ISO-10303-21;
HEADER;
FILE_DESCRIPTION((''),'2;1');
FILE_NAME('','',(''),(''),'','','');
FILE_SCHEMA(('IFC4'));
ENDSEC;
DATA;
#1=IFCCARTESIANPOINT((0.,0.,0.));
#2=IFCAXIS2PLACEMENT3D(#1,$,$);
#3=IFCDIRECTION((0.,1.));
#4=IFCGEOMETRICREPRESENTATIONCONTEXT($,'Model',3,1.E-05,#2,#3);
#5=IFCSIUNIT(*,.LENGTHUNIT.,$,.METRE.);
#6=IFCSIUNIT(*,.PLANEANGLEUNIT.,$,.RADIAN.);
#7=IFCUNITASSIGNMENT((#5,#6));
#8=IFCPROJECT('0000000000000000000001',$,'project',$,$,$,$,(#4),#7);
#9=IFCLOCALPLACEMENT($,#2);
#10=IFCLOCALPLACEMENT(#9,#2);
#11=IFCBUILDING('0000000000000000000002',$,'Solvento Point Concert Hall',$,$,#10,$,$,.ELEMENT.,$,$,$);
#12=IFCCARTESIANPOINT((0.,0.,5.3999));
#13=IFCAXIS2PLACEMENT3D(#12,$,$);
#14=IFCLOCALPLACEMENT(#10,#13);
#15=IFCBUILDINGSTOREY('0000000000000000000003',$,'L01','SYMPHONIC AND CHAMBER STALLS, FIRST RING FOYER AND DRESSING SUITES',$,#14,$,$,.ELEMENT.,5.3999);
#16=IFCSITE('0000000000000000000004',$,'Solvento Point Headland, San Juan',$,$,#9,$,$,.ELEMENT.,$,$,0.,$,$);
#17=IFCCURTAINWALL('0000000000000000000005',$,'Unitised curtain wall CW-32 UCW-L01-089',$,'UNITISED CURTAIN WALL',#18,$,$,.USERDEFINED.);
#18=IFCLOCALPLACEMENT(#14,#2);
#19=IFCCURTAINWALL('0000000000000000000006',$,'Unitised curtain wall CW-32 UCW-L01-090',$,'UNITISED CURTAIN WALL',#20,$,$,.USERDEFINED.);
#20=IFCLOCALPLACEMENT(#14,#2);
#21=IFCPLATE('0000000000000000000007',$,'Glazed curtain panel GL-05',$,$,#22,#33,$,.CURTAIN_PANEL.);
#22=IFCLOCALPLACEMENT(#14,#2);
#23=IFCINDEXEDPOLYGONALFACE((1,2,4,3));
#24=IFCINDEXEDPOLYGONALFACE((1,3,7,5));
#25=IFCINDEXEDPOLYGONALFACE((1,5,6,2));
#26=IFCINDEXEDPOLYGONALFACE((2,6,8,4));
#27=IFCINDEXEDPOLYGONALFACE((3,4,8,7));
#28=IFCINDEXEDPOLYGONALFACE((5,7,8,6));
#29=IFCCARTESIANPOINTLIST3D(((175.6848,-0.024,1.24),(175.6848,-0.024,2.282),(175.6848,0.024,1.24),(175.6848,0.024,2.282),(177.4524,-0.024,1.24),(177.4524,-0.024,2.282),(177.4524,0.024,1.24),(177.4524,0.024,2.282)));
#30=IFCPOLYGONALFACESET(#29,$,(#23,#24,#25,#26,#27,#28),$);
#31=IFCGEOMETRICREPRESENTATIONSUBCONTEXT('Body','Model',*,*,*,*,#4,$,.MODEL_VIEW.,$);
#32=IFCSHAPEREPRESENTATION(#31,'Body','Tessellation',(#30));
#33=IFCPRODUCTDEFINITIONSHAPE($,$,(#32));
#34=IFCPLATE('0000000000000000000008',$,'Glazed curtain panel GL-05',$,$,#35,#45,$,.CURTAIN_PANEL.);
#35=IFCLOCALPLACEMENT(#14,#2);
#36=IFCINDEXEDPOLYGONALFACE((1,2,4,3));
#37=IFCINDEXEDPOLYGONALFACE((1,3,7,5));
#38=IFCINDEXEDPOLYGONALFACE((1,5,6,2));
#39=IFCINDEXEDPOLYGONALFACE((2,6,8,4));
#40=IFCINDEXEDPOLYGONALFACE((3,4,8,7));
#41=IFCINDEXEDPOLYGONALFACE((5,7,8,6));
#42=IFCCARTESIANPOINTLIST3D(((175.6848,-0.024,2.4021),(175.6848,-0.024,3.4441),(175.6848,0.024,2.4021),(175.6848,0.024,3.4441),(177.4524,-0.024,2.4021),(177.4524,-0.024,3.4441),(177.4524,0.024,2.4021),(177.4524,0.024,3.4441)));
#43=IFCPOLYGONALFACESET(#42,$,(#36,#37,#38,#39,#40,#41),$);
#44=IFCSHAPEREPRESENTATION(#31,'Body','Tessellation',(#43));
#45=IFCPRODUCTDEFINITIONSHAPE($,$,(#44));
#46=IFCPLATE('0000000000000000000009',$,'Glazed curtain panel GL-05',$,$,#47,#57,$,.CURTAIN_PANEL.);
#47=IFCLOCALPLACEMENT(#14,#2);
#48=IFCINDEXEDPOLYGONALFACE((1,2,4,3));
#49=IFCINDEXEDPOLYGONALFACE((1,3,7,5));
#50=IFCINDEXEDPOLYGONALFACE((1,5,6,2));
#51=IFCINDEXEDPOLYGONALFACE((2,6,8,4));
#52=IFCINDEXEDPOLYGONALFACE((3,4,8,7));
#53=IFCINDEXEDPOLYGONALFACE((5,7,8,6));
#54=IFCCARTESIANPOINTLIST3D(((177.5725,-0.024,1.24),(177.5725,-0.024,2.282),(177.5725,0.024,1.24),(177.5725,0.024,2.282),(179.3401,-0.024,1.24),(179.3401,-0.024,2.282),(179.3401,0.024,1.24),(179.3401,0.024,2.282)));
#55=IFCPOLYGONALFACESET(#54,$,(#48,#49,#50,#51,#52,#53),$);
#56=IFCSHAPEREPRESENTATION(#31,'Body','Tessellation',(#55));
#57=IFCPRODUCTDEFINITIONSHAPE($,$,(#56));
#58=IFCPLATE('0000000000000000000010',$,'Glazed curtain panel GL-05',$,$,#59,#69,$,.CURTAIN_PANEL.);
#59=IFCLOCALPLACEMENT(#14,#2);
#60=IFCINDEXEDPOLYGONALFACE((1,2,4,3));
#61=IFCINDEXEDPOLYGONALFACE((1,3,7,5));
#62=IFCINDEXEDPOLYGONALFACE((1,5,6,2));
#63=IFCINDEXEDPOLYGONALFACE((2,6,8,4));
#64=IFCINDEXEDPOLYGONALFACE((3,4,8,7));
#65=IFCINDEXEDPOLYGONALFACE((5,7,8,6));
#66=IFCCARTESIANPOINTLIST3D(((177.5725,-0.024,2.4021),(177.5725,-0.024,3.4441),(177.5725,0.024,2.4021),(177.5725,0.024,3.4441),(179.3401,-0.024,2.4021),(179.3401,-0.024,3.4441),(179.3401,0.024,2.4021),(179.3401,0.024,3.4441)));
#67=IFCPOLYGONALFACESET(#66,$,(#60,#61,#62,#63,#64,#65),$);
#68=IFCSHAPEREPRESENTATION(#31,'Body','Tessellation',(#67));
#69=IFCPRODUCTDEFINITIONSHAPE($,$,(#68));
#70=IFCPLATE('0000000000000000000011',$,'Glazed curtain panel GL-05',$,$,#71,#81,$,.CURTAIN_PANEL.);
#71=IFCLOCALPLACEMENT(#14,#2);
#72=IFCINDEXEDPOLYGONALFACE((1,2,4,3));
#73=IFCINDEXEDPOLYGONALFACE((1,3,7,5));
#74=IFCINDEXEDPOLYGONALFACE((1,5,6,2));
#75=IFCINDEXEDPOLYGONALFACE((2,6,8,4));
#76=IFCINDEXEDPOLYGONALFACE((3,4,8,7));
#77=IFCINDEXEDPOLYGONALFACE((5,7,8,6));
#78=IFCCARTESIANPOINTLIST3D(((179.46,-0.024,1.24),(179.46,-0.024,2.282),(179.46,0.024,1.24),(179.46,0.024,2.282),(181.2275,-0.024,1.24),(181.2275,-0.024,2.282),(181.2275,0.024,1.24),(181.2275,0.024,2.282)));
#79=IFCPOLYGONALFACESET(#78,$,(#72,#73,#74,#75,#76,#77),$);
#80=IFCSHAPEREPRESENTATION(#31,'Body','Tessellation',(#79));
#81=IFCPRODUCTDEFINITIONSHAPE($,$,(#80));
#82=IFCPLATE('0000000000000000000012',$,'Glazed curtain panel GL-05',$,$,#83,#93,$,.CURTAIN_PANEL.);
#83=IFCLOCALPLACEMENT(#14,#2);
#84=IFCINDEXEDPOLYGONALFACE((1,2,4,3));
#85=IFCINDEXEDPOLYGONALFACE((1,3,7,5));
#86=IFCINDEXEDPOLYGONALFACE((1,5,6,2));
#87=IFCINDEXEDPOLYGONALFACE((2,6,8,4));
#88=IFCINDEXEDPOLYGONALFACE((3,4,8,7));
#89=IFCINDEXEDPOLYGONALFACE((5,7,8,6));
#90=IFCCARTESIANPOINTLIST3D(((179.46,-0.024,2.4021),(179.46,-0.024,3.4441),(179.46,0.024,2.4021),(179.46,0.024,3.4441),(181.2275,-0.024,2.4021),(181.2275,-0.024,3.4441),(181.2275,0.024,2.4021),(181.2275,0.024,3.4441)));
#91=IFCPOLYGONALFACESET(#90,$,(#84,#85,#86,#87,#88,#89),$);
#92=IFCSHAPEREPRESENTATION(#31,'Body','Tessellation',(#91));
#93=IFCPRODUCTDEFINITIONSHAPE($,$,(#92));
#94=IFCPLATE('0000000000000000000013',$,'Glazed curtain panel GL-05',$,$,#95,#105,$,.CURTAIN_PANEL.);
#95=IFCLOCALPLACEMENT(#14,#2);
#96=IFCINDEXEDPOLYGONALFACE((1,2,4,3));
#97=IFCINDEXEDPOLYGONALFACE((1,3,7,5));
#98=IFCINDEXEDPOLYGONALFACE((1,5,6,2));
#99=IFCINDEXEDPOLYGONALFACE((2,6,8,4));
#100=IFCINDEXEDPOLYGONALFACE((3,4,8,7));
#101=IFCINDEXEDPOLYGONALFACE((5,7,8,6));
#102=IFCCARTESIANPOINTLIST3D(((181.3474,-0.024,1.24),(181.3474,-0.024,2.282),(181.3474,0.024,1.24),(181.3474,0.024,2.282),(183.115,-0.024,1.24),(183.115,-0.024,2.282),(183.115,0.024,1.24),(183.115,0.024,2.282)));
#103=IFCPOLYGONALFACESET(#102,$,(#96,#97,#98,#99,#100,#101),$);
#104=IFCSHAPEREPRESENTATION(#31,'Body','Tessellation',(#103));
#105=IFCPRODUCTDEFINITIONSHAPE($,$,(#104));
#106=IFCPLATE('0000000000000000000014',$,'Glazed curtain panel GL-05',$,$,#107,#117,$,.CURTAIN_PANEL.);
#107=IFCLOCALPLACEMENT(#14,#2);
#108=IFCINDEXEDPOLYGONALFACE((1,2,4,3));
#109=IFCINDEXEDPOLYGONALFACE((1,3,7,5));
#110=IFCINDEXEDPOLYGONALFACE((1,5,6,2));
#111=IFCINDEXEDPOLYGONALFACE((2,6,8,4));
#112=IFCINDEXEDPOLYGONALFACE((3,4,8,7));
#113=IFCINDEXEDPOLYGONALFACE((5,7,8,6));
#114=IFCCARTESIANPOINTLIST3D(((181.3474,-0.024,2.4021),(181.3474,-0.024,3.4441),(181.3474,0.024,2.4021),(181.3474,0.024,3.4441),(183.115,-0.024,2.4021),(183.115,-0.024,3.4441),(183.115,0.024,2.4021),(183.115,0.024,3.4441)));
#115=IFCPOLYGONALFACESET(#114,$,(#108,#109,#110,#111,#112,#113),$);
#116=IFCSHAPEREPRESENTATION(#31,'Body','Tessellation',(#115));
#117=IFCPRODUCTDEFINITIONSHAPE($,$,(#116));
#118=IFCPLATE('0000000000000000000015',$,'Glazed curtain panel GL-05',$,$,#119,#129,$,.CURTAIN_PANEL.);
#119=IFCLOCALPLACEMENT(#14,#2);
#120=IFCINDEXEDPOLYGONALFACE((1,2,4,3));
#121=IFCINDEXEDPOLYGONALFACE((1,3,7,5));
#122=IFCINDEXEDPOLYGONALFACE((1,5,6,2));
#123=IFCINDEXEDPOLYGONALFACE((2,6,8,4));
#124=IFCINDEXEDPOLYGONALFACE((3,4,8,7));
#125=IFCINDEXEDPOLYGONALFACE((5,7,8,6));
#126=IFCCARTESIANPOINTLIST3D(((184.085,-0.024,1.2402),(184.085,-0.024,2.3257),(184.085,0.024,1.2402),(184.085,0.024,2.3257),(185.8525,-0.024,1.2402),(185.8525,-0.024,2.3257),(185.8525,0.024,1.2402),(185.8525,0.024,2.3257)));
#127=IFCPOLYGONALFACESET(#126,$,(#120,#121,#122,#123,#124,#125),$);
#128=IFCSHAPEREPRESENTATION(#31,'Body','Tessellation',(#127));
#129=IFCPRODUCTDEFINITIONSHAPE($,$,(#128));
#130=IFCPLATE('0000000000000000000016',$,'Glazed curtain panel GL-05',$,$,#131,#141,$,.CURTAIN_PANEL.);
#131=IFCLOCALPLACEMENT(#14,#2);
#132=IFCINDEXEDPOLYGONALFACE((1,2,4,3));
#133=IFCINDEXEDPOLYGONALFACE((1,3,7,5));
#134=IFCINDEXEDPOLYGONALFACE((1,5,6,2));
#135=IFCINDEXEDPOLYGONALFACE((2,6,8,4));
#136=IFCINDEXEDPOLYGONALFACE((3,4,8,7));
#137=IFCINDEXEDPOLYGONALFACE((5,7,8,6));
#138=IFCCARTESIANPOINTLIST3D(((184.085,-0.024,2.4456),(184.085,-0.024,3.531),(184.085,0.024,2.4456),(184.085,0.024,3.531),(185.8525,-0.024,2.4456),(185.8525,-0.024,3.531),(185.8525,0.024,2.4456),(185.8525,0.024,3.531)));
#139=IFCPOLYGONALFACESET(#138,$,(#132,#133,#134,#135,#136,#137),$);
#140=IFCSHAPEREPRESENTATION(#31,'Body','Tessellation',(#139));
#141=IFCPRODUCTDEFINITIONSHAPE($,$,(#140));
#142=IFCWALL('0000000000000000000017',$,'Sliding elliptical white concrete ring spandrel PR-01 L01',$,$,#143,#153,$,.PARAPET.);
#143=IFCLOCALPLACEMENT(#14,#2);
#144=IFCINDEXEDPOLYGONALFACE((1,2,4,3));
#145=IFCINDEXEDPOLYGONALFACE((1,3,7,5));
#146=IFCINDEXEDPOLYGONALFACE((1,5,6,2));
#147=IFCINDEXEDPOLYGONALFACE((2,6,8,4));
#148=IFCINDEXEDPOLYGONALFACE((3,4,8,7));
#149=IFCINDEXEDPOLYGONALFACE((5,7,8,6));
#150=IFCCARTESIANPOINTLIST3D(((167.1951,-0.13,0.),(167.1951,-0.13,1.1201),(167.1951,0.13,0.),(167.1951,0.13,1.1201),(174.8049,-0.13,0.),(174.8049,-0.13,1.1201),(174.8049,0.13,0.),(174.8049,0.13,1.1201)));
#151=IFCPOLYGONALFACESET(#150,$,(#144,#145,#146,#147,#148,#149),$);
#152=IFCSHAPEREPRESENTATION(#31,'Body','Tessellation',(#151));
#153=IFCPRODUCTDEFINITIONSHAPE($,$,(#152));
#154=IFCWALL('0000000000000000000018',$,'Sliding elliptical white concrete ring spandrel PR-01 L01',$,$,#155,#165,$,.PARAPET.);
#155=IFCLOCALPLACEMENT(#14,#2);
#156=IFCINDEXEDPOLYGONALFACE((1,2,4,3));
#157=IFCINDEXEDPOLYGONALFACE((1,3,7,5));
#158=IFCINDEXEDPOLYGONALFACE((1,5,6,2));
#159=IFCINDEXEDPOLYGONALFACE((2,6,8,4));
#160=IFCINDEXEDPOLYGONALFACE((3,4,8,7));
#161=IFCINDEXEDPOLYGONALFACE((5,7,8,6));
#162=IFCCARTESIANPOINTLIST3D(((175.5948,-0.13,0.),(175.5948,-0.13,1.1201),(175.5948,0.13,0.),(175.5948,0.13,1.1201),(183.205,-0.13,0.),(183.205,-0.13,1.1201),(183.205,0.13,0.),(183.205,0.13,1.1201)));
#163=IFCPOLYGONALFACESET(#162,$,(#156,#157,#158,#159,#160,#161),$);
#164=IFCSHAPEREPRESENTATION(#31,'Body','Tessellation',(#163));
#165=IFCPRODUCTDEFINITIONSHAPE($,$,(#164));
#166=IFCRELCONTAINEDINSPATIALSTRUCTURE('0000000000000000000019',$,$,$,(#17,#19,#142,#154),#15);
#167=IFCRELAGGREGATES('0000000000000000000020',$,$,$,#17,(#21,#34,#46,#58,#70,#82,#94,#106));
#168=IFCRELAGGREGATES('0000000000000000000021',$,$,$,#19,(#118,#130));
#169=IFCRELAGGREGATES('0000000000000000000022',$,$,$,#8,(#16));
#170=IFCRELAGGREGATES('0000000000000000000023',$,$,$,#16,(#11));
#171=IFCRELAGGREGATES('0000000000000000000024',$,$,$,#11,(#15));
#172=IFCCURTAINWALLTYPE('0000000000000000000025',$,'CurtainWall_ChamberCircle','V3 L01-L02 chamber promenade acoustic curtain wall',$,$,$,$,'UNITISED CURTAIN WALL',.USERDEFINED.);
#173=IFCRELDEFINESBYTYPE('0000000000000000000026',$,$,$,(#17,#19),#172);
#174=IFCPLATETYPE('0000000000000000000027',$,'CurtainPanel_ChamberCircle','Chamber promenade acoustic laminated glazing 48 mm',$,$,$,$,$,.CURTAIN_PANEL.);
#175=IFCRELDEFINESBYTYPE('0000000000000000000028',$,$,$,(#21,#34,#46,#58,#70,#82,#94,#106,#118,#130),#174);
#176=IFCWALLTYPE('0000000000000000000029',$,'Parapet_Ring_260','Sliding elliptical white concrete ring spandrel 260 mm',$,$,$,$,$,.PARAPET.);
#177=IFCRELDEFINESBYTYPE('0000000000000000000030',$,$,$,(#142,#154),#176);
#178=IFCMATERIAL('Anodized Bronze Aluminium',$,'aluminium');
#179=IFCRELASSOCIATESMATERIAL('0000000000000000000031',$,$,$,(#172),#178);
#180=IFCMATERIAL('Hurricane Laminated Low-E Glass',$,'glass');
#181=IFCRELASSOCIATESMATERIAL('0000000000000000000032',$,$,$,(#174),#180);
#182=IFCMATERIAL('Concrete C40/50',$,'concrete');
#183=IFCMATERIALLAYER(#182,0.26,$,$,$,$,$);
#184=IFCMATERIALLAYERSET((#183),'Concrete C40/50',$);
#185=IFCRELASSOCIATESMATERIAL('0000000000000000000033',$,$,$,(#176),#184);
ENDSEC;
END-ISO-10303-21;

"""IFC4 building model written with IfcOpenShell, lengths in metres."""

from ifc_helpers import new_model, si_unit, direction, frame, frame_2d, origin, origin_2d, place, context, subcontext, project, spatial, rectangle, extrude, material, layer, layer_set, type_object, element, aggregate, save


model = new_model("IFC4")

# Units and contexts
model_context = context("Model", 3, precision=1e-05, world=origin(), true_north=direction((0.0, 1.0)))
body_context = subcontext(model_context, "Body", "Model", "MODEL_VIEW")
ifc_project = project(units=[si_unit("LENGTHUNIT", "METRE"), si_unit("PLANEANGLEUNIT", "RADIAN")], contexts=[model_context])

# Site, building, storey
site_placement = place(None, origin())
site = spatial("IfcSite", under=ifc_project, at=site_placement, Name="Solvento Point Headland, San Juan", CompositionType="ELEMENT", RefElevation=0.0)
building_placement = place(site_placement, origin())
building = spatial("IfcBuilding", under=site, at=building_placement, Name="Solvento Point Concert Hall", CompositionType="ELEMENT")
storey_placement = place(building_placement, frame((0.0, 0.0, 5.3999)))
storey = spatial("IfcBuildingStorey", under=building, at=storey_placement, Name="L01", Description="SYMPHONIC AND CHAMBER STALLS, FIRST RING FOYER AND DRESSING SUITES", CompositionType="ELEMENT", Elevation=5.3999)

# Curtain wall
ifc_material_1 = material(Name="Anodized Bronze Aluminium", Category="aluminium")
curtain_wall_type = type_object("IfcCurtainWallType", Name="CurtainWall_ChamberCircle", Description="V3 L01-L02 chamber promenade acoustic curtain wall", ElementType="UNITISED CURTAIN WALL", PredefinedType="USERDEFINED", material=ifc_material_1)
curtain_wall_1_placement = place(storey_placement, origin())
curtain_wall_1 = element("IfcCurtainWall", 1, at=curtain_wall_1_placement, inside=storey, type_object=curtain_wall_type, Name="Unitised curtain wall CW-32 UCW-L01-089", ObjectType="UNITISED CURTAIN WALL", PredefinedType="USERDEFINED")

# Curtain wall
curtain_wall_2_placement = place(storey_placement, origin())
curtain_wall_2 = element("IfcCurtainWall", 2, at=curtain_wall_2_placement, inside=storey, type_object=curtain_wall_type, Name="Unitised curtain wall CW-32 UCW-L01-090", ObjectType="UNITISED CURTAIN WALL", PredefinedType="USERDEFINED")

# Plates
ifc_material_2 = material(Name="Hurricane Laminated Low-E Glass", Category="glass")
plate_type = type_object("IfcPlateType", Name="CurtainPanel_ChamberCircle", Description="Chamber promenade acoustic laminated glazing 48 mm", PredefinedType="CURTAIN_PANEL", material=ifc_material_2)
plate_1_placement = place(storey_placement, frame((176.5686, 0.0, 1.24), z_axis=(0.0, 0.0, 1.0), x_axis=(1.0, 0.0, 0.0)))
plate_1 = element("IfcPlate", 3, at=plate_1_placement, type_object=plate_type, Name="Glazed curtain panel GL-05", PredefinedType="CURTAIN_PANEL", context=body_context, shape_type="SweptSolid", body=[
    extrude(rectangle(XDim=1.7676, YDim=0.0481, at=origin_2d()), origin(), (0.0, 0.0, 1.0), 1.042),
])
plate_2_placement = place(storey_placement, frame((176.5686, 0.0, 2.4021), z_axis=(0.0, 0.0, 1.0), x_axis=(1.0, 0.0, 0.0)))
plate_2 = element("IfcPlate", 4, at=plate_2_placement, type_object=plate_type, Name="Glazed curtain panel GL-05", PredefinedType="CURTAIN_PANEL", context=body_context, shape_type="SweptSolid", body=[
    extrude(rectangle(XDim=1.7676, YDim=0.0481, at=origin_2d()), origin(), (0.0, 0.0, 1.0), 1.042),
])
plate_3_placement = place(storey_placement, frame((178.4563, 0.0, 1.24), z_axis=(0.0, 0.0, 1.0), x_axis=(1.0, 0.0, 0.0)))
plate_3 = element("IfcPlate", 5, at=plate_3_placement, type_object=plate_type, Name="Glazed curtain panel GL-05", PredefinedType="CURTAIN_PANEL", context=body_context, shape_type="SweptSolid", body=[
    extrude(rectangle(XDim=1.7676, YDim=0.0481, at=origin_2d()), origin(), (0.0, 0.0, 1.0), 1.042),
])
plate_4_placement = place(storey_placement, frame((178.4563, 0.0, 2.4021), z_axis=(0.0, 0.0, 1.0), x_axis=(1.0, 0.0, 0.0)))
plate_4 = element("IfcPlate", 6, at=plate_4_placement, type_object=plate_type, Name="Glazed curtain panel GL-05", PredefinedType="CURTAIN_PANEL", context=body_context, shape_type="SweptSolid", body=[
    extrude(rectangle(XDim=1.7676, YDim=0.0481, at=origin_2d()), origin(), (0.0, 0.0, 1.0), 1.042),
])
plate_5_placement = place(storey_placement, frame((180.3438, 0.0, 1.24), z_axis=(0.0, 0.0, 1.0), x_axis=(1.0, 0.0, 0.0)))
plate_5 = element("IfcPlate", 7, at=plate_5_placement, type_object=plate_type, Name="Glazed curtain panel GL-05", PredefinedType="CURTAIN_PANEL", context=body_context, shape_type="SweptSolid", body=[
    extrude(rectangle(XDim=1.7676, YDim=0.0481, at=origin_2d()), origin(), (0.0, 0.0, 1.0), 1.042),
])
plate_6_placement = place(storey_placement, frame((180.3438, 0.0, 2.4021), z_axis=(0.0, 0.0, 1.0), x_axis=(1.0, 0.0, 0.0)))
plate_6 = element("IfcPlate", 8, at=plate_6_placement, type_object=plate_type, Name="Glazed curtain panel GL-05", PredefinedType="CURTAIN_PANEL", context=body_context, shape_type="SweptSolid", body=[
    extrude(rectangle(XDim=1.7676, YDim=0.0481, at=origin_2d()), origin(), (0.0, 0.0, 1.0), 1.042),
])
plate_7_placement = place(storey_placement, frame((182.2312, 0.0, 1.24), z_axis=(0.0, 0.0, 1.0), x_axis=(1.0, 0.0, 0.0)))
plate_7 = element("IfcPlate", 9, at=plate_7_placement, type_object=plate_type, Name="Glazed curtain panel GL-05", PredefinedType="CURTAIN_PANEL", context=body_context, shape_type="SweptSolid", body=[
    extrude(rectangle(XDim=1.7676, YDim=0.0481, at=origin_2d()), origin(), (0.0, 0.0, 1.0), 1.042),
])
plate_8_placement = place(storey_placement, frame((182.2312, 0.0, 2.4021), z_axis=(0.0, 0.0, 1.0), x_axis=(1.0, 0.0, 0.0)))
plate_8 = element("IfcPlate", 10, at=plate_8_placement, type_object=plate_type, Name="Glazed curtain panel GL-05", PredefinedType="CURTAIN_PANEL", context=body_context, shape_type="SweptSolid", body=[
    extrude(rectangle(XDim=1.7676, YDim=0.0481, at=origin_2d()), origin(), (0.0, 0.0, 1.0), 1.042),
])
aggregate(curtain_wall_1, [plate_1, plate_2, plate_3, plate_4, plate_5, plate_6, plate_7, plate_8])
plate_9_placement = place(storey_placement, frame((184.9688, 0.0, 1.2402), z_axis=(0.0, 0.0, 1.0), x_axis=(1.0, 0.0, 0.0)))
plate_9 = element("IfcPlate", 11, at=plate_9_placement, type_object=plate_type, Name="Glazed curtain panel GL-05", PredefinedType="CURTAIN_PANEL", context=body_context, shape_type="SweptSolid", body=[
    extrude(rectangle(XDim=1.7676, YDim=0.0481, at=origin_2d()), origin(), (0.0, 0.0, 1.0), 1.0854),
])
plate_10_placement = place(storey_placement, frame((184.9688, 0.0, 2.4456), z_axis=(0.0, 0.0, 1.0), x_axis=(1.0, 0.0, 0.0)))
plate_10 = element("IfcPlate", 12, at=plate_10_placement, type_object=plate_type, Name="Glazed curtain panel GL-05", PredefinedType="CURTAIN_PANEL", context=body_context, shape_type="SweptSolid", body=[
    extrude(rectangle(XDim=1.7676, YDim=0.0481, at=origin_2d()), origin(), (0.0, 0.0, 1.0), 1.0854),
])
aggregate(curtain_wall_2, [plate_9, plate_10])

# Walls
ifc_material_3 = material(Name="Concrete C40/50", Category="concrete")
ifc_layer = layer(ifc_material_3, 0.26)
ifc_layer_set = layer_set([ifc_layer], Name="Concrete C40/50")
wall_type = type_object("IfcWallType", Name="Parapet_Ring_260", Description="Sliding elliptical white concrete ring spandrel 260 mm", PredefinedType="PARAPET", material=ifc_layer_set)
wall_1_placement = place(storey_placement, frame((174.8049, 0.0, 0.0), z_axis=(0.0, 0.0, 1.0), x_axis=(-1.0, 0.0, 0.0)))
element("IfcWall", 13, at=wall_1_placement, inside=storey, type_object=wall_type, Name="Sliding elliptical white concrete ring spandrel PR-01 L01", PredefinedType="PARAPET", context=body_context, shape_type="SweptSolid", body=[
    extrude(rectangle(XDim=7.6099, YDim=0.26, at=frame_2d((3.8049, 0.0))), origin(), (0.0, 0.0, 1.0), 1.1201),
])
wall_2_placement = place(storey_placement, frame((183.2051, 0.0, 0.0), z_axis=(0.0, 0.0, 1.0), x_axis=(-1.0, 0.0, 0.0)))
element("IfcWall", 14, at=wall_2_placement, inside=storey, type_object=wall_type, Name="Sliding elliptical white concrete ring spandrel PR-01 L01", PredefinedType="PARAPET", context=body_context, shape_type="SweptSolid", body=[
    extrude(rectangle(XDim=7.6101, YDim=0.26, at=frame_2d((3.8052, 0.0))), origin(), (0.0, 0.0, 1.0), 1.1201),
])

save(model, "model.ifc")
